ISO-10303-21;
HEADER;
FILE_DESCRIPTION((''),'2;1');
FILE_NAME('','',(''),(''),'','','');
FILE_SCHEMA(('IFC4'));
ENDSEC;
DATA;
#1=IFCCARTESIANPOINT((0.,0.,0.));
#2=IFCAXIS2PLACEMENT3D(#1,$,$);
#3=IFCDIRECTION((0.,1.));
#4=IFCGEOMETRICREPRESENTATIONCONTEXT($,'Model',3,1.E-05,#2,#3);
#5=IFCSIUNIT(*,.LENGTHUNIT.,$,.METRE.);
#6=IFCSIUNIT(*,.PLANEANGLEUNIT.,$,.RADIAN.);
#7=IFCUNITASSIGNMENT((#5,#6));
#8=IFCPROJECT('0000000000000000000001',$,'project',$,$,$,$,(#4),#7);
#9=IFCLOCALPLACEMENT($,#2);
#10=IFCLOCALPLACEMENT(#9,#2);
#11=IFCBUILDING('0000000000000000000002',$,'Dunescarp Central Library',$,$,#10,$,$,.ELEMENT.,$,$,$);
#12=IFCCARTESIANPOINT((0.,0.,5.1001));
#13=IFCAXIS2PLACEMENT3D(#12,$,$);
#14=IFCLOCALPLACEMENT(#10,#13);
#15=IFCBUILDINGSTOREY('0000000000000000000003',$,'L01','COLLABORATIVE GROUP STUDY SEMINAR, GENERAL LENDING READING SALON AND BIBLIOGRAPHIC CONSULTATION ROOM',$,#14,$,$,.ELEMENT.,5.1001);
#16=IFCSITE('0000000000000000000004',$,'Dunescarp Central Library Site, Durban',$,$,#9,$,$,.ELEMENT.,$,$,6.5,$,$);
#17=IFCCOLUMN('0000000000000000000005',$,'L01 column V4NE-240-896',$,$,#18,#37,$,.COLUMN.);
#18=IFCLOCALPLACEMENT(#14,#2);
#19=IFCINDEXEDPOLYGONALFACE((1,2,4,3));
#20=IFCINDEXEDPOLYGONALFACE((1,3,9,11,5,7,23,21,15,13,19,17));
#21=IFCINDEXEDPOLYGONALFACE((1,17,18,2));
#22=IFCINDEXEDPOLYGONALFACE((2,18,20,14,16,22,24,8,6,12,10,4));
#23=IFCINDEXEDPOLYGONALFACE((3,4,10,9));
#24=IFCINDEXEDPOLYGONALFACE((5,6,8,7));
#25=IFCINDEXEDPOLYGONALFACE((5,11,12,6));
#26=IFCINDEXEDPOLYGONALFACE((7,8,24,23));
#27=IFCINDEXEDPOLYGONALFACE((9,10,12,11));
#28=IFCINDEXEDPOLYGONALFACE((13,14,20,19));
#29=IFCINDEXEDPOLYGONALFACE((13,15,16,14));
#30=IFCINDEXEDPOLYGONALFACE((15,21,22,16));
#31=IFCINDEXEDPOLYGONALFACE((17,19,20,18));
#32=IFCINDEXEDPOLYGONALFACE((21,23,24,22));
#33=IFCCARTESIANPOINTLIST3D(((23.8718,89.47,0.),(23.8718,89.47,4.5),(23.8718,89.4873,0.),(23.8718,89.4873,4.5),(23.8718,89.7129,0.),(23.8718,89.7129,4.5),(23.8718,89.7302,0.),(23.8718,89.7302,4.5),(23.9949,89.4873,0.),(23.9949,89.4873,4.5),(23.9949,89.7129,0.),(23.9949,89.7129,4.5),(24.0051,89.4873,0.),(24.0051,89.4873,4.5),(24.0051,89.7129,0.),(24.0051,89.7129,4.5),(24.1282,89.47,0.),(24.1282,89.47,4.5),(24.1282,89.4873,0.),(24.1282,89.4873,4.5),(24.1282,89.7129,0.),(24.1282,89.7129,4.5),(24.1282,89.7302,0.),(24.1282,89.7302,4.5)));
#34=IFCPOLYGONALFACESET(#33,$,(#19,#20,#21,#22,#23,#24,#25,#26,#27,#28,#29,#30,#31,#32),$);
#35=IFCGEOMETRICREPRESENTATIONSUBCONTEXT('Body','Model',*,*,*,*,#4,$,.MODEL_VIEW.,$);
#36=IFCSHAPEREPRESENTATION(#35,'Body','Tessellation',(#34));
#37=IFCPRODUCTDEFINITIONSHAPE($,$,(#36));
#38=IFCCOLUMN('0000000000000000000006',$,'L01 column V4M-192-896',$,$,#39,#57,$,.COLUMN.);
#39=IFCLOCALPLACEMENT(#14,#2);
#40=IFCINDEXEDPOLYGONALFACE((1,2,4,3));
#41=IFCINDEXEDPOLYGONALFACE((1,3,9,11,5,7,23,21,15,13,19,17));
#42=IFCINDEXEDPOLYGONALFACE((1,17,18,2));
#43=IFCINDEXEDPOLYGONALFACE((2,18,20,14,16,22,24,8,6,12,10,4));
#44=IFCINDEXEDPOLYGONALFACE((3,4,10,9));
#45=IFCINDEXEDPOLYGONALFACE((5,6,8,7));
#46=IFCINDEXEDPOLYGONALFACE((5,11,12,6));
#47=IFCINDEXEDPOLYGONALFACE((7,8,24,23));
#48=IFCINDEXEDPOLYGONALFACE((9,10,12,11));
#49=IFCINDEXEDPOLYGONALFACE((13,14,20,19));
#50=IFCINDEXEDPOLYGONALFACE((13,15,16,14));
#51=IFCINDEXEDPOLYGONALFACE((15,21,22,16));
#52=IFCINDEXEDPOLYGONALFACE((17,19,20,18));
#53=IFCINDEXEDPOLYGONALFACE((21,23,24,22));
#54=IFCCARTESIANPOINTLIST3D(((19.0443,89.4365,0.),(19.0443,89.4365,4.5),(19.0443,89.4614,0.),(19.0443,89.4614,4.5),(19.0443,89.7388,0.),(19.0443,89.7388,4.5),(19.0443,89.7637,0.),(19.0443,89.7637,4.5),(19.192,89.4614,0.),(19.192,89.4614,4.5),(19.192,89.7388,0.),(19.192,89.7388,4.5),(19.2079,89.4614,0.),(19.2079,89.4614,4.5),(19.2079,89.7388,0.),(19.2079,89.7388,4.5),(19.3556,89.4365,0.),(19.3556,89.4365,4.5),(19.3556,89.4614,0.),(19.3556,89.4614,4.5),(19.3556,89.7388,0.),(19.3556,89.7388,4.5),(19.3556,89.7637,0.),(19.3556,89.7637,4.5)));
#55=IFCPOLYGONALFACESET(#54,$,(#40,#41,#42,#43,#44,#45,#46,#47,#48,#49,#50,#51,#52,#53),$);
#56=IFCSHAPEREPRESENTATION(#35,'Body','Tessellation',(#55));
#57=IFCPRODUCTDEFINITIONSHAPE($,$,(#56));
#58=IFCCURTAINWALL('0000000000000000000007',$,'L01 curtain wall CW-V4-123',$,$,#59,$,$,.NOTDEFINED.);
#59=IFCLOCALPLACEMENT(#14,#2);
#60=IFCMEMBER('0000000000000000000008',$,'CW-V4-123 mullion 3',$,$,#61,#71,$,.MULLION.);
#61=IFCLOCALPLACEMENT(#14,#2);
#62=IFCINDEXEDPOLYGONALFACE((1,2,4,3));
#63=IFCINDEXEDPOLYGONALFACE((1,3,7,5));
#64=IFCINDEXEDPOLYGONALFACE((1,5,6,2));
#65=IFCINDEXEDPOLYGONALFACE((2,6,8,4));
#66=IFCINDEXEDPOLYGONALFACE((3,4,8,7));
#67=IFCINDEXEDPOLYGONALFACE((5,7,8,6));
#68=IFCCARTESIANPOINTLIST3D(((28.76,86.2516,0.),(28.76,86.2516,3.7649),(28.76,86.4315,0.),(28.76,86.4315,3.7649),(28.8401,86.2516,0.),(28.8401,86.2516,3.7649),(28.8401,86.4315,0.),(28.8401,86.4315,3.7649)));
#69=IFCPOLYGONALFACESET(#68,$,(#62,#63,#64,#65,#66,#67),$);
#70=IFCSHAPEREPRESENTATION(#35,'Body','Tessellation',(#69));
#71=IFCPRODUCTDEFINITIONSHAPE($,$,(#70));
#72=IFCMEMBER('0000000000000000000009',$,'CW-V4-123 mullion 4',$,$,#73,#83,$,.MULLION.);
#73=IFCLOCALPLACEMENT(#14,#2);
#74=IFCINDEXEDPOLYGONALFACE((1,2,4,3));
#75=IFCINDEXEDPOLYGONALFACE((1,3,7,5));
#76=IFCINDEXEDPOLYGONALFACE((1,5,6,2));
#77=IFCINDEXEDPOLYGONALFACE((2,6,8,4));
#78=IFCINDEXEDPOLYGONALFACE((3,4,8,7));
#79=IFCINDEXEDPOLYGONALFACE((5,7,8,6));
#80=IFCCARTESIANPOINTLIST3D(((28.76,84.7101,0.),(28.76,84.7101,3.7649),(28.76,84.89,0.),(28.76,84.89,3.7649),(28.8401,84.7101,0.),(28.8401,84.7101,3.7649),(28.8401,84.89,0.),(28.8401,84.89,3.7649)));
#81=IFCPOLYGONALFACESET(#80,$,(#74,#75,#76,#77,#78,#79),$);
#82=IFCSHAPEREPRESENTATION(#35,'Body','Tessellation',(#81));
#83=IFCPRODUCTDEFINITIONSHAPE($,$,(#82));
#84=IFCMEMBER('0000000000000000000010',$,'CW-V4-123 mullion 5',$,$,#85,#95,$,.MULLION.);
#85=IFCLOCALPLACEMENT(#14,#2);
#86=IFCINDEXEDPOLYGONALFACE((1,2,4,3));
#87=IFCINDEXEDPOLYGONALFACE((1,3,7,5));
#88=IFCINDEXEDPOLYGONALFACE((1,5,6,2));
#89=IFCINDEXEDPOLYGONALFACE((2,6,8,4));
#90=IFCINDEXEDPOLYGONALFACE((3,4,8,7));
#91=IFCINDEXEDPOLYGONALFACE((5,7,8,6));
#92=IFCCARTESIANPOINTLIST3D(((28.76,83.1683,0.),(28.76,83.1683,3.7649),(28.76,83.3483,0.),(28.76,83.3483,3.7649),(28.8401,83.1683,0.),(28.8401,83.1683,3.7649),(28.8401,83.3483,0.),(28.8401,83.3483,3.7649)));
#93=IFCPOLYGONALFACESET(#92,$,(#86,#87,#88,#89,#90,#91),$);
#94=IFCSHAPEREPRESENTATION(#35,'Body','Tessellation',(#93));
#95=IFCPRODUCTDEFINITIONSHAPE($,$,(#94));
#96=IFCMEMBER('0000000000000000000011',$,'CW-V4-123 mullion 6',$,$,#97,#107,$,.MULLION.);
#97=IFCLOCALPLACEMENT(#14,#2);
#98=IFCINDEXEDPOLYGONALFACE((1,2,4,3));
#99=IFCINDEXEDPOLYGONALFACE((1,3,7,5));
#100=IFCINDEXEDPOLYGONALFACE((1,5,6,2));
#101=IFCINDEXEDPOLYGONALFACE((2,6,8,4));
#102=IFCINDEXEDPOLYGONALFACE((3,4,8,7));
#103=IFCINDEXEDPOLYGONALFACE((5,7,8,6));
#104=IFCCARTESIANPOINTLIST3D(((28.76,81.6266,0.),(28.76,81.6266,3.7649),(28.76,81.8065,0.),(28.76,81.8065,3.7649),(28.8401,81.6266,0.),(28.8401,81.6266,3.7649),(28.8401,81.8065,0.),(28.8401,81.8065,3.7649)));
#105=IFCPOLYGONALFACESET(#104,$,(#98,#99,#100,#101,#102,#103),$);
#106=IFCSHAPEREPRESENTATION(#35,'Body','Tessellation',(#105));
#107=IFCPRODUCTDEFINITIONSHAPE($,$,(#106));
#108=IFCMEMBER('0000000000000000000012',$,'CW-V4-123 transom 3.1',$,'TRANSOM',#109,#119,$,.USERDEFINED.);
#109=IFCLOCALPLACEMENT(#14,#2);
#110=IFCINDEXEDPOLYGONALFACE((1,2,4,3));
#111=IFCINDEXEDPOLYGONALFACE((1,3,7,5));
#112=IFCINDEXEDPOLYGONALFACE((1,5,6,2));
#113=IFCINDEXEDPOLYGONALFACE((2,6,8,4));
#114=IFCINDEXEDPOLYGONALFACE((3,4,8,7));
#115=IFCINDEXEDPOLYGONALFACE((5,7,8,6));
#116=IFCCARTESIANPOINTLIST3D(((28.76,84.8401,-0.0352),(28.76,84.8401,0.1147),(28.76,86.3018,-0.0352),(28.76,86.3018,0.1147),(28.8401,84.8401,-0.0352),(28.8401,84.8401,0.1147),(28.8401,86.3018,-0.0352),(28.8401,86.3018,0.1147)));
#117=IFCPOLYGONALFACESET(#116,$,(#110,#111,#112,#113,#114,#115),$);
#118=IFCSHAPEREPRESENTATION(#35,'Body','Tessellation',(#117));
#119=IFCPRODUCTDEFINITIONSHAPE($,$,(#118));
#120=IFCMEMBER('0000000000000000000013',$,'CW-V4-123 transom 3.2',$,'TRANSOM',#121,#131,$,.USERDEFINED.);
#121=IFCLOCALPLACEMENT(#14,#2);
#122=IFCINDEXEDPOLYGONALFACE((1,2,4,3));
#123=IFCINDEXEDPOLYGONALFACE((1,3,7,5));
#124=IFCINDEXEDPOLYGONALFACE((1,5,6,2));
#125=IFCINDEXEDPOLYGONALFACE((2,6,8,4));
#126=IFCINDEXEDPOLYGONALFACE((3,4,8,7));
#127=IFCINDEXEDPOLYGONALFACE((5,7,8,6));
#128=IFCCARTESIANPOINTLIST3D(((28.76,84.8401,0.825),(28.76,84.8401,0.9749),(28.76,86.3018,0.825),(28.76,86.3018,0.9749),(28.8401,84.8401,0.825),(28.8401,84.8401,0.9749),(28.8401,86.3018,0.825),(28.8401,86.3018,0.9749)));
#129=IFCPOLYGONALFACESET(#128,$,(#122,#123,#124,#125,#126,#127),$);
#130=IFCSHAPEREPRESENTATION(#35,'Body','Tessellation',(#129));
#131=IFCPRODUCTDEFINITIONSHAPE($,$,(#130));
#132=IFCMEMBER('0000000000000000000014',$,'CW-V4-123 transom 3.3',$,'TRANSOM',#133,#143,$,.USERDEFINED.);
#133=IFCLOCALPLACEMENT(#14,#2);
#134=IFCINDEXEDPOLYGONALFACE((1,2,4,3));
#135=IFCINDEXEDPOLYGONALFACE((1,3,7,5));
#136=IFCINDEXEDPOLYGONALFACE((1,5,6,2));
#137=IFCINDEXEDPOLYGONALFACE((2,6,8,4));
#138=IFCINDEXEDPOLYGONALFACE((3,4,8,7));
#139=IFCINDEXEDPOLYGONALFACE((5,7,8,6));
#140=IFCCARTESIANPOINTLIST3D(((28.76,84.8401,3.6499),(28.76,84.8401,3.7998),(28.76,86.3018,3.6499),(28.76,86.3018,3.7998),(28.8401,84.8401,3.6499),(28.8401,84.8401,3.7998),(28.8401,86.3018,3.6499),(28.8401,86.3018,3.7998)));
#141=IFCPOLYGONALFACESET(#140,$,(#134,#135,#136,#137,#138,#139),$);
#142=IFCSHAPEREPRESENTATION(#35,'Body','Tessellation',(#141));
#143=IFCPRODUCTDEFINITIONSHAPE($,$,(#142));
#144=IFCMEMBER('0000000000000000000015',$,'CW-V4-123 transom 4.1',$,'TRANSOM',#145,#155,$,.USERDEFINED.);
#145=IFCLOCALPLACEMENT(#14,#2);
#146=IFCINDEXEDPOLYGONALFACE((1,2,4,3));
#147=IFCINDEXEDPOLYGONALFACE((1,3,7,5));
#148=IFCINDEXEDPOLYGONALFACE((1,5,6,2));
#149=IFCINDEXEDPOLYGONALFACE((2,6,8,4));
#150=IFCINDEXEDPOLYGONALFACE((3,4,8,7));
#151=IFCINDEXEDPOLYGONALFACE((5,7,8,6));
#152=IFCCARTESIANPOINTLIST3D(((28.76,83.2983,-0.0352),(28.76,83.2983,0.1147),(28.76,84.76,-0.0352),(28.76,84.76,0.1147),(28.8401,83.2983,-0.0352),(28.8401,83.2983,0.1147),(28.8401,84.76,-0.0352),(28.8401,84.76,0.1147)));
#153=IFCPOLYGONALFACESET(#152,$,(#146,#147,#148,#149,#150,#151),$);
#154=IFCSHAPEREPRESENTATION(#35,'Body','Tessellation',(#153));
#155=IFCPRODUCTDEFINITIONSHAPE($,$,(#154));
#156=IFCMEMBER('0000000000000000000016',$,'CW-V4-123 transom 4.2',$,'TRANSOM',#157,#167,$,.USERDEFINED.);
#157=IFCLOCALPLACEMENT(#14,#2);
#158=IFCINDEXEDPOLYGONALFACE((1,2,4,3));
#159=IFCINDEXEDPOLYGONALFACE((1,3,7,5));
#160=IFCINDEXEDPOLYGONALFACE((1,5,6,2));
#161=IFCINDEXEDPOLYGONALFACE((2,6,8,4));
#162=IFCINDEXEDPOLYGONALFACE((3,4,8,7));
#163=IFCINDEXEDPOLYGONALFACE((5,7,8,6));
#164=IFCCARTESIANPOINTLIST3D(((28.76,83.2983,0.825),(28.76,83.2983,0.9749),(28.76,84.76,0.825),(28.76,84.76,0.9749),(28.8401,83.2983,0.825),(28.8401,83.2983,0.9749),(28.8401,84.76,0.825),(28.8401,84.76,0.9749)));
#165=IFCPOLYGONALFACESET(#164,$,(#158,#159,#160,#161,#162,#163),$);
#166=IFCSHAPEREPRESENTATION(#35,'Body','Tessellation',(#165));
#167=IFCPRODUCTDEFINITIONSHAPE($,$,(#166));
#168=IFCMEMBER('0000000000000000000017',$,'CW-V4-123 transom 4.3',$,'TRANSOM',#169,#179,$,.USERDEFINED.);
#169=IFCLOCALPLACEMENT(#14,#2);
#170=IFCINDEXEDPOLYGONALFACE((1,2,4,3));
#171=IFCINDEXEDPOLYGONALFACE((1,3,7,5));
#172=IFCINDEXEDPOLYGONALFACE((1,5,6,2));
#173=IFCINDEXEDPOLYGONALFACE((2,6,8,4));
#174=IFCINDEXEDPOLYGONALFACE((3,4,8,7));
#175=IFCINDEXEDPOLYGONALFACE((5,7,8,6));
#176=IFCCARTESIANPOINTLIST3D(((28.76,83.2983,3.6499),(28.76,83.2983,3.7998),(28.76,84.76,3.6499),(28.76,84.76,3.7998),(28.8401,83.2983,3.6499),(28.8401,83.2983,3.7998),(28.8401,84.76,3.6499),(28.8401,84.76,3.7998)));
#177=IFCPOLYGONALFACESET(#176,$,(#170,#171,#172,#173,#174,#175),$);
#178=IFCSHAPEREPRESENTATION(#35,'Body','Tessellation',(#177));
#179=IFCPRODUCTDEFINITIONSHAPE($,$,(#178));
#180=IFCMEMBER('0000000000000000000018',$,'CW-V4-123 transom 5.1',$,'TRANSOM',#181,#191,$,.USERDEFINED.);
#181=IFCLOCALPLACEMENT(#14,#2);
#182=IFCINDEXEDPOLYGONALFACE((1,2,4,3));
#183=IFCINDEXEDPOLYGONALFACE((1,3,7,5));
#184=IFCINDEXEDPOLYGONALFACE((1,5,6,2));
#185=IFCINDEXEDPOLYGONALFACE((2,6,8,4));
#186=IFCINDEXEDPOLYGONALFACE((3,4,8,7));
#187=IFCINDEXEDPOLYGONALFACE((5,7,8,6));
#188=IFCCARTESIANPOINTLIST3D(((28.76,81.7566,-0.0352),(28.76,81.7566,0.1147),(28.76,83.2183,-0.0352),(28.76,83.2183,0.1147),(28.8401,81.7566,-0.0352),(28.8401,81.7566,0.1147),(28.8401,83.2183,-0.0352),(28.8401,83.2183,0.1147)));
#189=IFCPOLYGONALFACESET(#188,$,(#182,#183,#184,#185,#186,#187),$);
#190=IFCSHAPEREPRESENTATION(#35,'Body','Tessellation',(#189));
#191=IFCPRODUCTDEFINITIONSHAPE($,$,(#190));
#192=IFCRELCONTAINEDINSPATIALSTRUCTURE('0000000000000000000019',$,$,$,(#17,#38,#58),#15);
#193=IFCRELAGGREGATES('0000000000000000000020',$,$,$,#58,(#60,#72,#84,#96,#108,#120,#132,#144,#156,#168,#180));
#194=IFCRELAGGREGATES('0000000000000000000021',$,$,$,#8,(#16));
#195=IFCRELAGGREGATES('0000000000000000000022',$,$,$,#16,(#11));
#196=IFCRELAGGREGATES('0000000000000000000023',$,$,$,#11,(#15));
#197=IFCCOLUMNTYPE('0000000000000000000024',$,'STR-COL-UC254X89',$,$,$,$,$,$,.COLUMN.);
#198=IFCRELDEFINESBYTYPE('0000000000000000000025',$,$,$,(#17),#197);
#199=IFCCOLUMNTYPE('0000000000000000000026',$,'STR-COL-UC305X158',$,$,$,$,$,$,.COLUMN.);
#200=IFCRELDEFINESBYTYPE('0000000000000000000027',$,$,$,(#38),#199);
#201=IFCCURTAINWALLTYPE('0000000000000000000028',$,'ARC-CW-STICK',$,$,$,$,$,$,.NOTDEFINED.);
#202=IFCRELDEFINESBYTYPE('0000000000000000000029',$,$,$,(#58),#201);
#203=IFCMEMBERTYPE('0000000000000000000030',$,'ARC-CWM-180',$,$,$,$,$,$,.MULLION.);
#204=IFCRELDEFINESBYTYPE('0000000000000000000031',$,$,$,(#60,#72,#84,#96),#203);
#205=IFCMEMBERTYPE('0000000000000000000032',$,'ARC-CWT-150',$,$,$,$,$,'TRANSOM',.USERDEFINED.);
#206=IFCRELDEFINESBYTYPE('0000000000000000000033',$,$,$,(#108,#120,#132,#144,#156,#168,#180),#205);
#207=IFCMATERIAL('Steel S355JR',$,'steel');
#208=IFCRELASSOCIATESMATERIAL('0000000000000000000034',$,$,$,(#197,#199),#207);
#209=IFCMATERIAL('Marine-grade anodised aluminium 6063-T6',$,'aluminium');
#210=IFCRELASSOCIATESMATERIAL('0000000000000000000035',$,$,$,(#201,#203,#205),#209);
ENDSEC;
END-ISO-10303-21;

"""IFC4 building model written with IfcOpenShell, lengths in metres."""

from ifc_helpers import new_model, si_unit, direction, frame, origin, origin_2d, place, context, subcontext, project, spatial, rectangle, i_section, extrude, material, material_profile, profile_set, type_object, element, aggregate, save


model = new_model("IFC4")

# Units and contexts
model_context = context("Model", 3, precision=1e-05, world=origin(), true_north=direction((0.0, 1.0)))
body_context = subcontext(model_context, "Body", "Model", "MODEL_VIEW")
ifc_project = project(units=[si_unit("LENGTHUNIT", "METRE"), si_unit("PLANEANGLEUNIT", "RADIAN")], contexts=[model_context])

# Site, building, storey
site_placement = place(None, origin())
site = spatial("IfcSite", under=ifc_project, at=site_placement, Name="Dunescarp Central Library Site, Durban", CompositionType="ELEMENT", RefElevation=6.5)
building_placement = place(site_placement, origin())
building = spatial("IfcBuilding", under=site, at=building_placement, Name="Dunescarp Central Library", CompositionType="ELEMENT")
storey_placement = place(building_placement, frame((0.0, 0.0, 5.1001)))
storey = spatial("IfcBuildingStorey", under=building, at=storey_placement, Name="L01", Description="COLLABORATIVE GROUP STUDY SEMINAR, GENERAL LENDING READING SALON AND BIBLIOGRAPHIC CONSULTATION ROOM", CompositionType="ELEMENT", Elevation=5.1001)

# Columns
ifc_material_1 = material(Name="Steel S355JR", Category="steel")
ifc_material_profile_1 = material_profile(ifc_material_1, i_section(OverallWidth=0.2563, OverallDepth=0.2603, WebThickness=0.0103, FlangeThickness=0.0173, at=origin_2d()), Name="UC 254x254x89")
ifc_profile_set_1 = profile_set([ifc_material_profile_1], Name="Steel S355JR")
column_type_1 = type_object("IfcColumnType", Name="STR-COL-UC254X89", PredefinedType="COLUMN", material=ifc_profile_set_1)
column_1_placement = place(storey_placement, frame((24.0, 89.6001, 0.0), z_axis=(0.0, 0.0, 1.0), x_axis=(1.0, 0.0, 0.0)))
element("IfcColumn", 1, at=column_1_placement, inside=storey, type_object=column_type_1, Name="L01 column V4NE-240-896", PredefinedType="COLUMN", context=body_context, shape_type="SweptSolid", body=[
    extrude(i_section(OverallWidth=0.2563, OverallDepth=0.2603, WebThickness=0.0103, FlangeThickness=0.0173, at=origin_2d()), origin(), (0.0, 0.0, 1.0), 4.5),
])
ifc_material_profile_2 = material_profile(ifc_material_1, i_section(OverallWidth=0.3113, OverallDepth=0.3271, WebThickness=0.0159, FlangeThickness=0.0249, at=origin_2d()), Name="UC 305x305x158")
ifc_profile_set_2 = profile_set([ifc_material_profile_2], Name="Steel S355JR")
column_type_2 = type_object("IfcColumnType", Name="STR-COL-UC305X158", PredefinedType="COLUMN", material=ifc_profile_set_2)
column_2_placement = place(storey_placement, frame((19.2, 89.6001, 0.0), z_axis=(0.0, 0.0, 1.0), x_axis=(1.0, 0.0, 0.0)))
element("IfcColumn", 2, at=column_2_placement, inside=storey, type_object=column_type_2, Name="L01 column V4M-192-896", PredefinedType="COLUMN", context=body_context, shape_type="SweptSolid", body=[
    extrude(i_section(OverallWidth=0.3113, OverallDepth=0.3271, WebThickness=0.0159, FlangeThickness=0.0249, at=origin_2d()), origin(), (0.0, 0.0, 1.0), 4.5),
])

# Curtain wall, members
ifc_material_2 = material(Name="Marine-grade anodised aluminium 6063-T6", Category="aluminium")
curtain_wall_type = type_object("IfcCurtainWallType", Name="ARC-CW-STICK", PredefinedType="NOTDEFINED", material=ifc_material_2)
curtain_wall_placement = place(storey_placement, origin())
curtain_wall = element("IfcCurtainWall", 3, at=curtain_wall_placement, inside=storey, type_object=curtain_wall_type, Name="L01 curtain wall CW-V4-123", PredefinedType="NOTDEFINED")
ifc_material_profile_3 = material_profile(ifc_material_2, rectangle(XDim=0.0801, YDim=0.1799, at=origin_2d()), Name="AL 80x180")
ifc_profile_set_3 = profile_set([ifc_material_profile_3], Name="Marine-grade anodised aluminium 6063-T6")
member_type_1 = type_object("IfcMemberType", Name="ARC-CWM-180", PredefinedType="MULLION", material=ifc_profile_set_3)
member_1_placement = place(storey_placement, frame((28.8, 86.3416, 0.0), z_axis=(0.0, 0.0, 1.0), x_axis=(1.0, 0.0, 0.0)))
member_1 = element("IfcMember", 4, at=member_1_placement, type_object=member_type_1, Name="CW-V4-123 mullion 3", PredefinedType="MULLION", context=body_context, shape_type="SweptSolid", body=[
    extrude(rectangle(XDim=0.0801, YDim=0.1799, at=origin_2d()), origin(), (0.0, 0.0, 1.0), 3.7649),
])
member_2_placement = place(storey_placement, frame((28.8, 84.8, 0.0), z_axis=(0.0, 0.0, 1.0), x_axis=(1.0, 0.0, 0.0)))
member_2 = element("IfcMember", 5, at=member_2_placement, type_object=member_type_1, Name="CW-V4-123 mullion 4", PredefinedType="MULLION", context=body_context, shape_type="SweptSolid", body=[
    extrude(rectangle(XDim=0.0801, YDim=0.1799, at=origin_2d()), origin(), (0.0, 0.0, 1.0), 3.7649),
])
member_3_placement = place(storey_placement, frame((28.8, 83.2583, 0.0), z_axis=(0.0, 0.0, 1.0), x_axis=(1.0, 0.0, 0.0)))
member_3 = element("IfcMember", 6, at=member_3_placement, type_object=member_type_1, Name="CW-V4-123 mullion 5", PredefinedType="MULLION", context=body_context, shape_type="SweptSolid", body=[
    extrude(rectangle(XDim=0.0801, YDim=0.1799, at=origin_2d()), origin(), (0.0, 0.0, 1.0), 3.7649),
])
member_4_placement = place(storey_placement, frame((28.8, 81.7166, 0.0), z_axis=(0.0, 0.0, 1.0), x_axis=(1.0, 0.0, 0.0)))
member_4 = element("IfcMember", 7, at=member_4_placement, type_object=member_type_1, Name="CW-V4-123 mullion 6", PredefinedType="MULLION", context=body_context, shape_type="SweptSolid", body=[
    extrude(rectangle(XDim=0.0801, YDim=0.1799, at=origin_2d()), origin(), (0.0, 0.0, 1.0), 3.7649),
])
ifc_material_profile_4 = material_profile(ifc_material_2, rectangle(XDim=0.0801, YDim=0.1499, at=origin_2d()), Name="AL 80x150")
ifc_profile_set_4 = profile_set([ifc_material_profile_4], Name="Marine-grade anodised aluminium 6063-T6")
member_type_2 = type_object("IfcMemberType", Name="ARC-CWT-150", ElementType="TRANSOM", PredefinedType="USERDEFINED", material=ifc_profile_set_4)
member_5_placement = place(storey_placement, frame((28.8, 86.3018, 0.0398), z_axis=(0.0, -1.0, 0.0), x_axis=(1.0, 0.0, 0.0)))
member_5 = element("IfcMember", 8, at=member_5_placement, type_object=member_type_2, Name="CW-V4-123 transom 3.1", ObjectType="TRANSOM", PredefinedType="USERDEFINED", context=body_context, shape_type="SweptSolid", body=[
    extrude(rectangle(XDim=0.0801, YDim=0.1499, at=origin_2d()), origin(), (0.0, 0.0, 1.0), 1.4617),
])
member_6_placement = place(storey_placement, frame((28.8, 86.3018, 0.8999), z_axis=(0.0, -1.0, 0.0), x_axis=(1.0, 0.0, 0.0)))
member_6 = element("IfcMember", 9, at=member_6_placement, type_object=member_type_2, Name="CW-V4-123 transom 3.2", ObjectType="TRANSOM", PredefinedType="USERDEFINED", context=body_context, shape_type="SweptSolid", body=[
    extrude(rectangle(XDim=0.0801, YDim=0.1499, at=origin_2d()), origin(), (0.0, 0.0, 1.0), 1.4617),
])
member_7_placement = place(storey_placement, frame((28.8, 86.3018, 3.7249), z_axis=(0.0, -1.0, 0.0), x_axis=(1.0, 0.0, 0.0)))
member_7 = element("IfcMember", 10, at=member_7_placement, type_object=member_type_2, Name="CW-V4-123 transom 3.3", ObjectType="TRANSOM", PredefinedType="USERDEFINED", context=body_context, shape_type="SweptSolid", body=[
    extrude(rectangle(XDim=0.0801, YDim=0.1499, at=origin_2d()), origin(), (0.0, 0.0, 1.0), 1.4617),
])
member_8_placement = place(storey_placement, frame((28.8, 84.76, 0.0398), z_axis=(0.0, -1.0, 0.0), x_axis=(1.0, 0.0, 0.0)))
member_8 = element("IfcMember", 11, at=member_8_placement, type_object=member_type_2, Name="CW-V4-123 transom 4.1", ObjectType="TRANSOM", PredefinedType="USERDEFINED", context=body_context, shape_type="SweptSolid", body=[
    extrude(rectangle(XDim=0.0801, YDim=0.1499, at=origin_2d()), origin(), (0.0, 0.0, 1.0), 1.4617),
])
member_9_placement = place(storey_placement, frame((28.8, 84.76, 0.8999), z_axis=(0.0, -1.0, 0.0), x_axis=(1.0, 0.0, 0.0)))
member_9 = element("IfcMember", 12, at=member_9_placement, type_object=member_type_2, Name="CW-V4-123 transom 4.2", ObjectType="TRANSOM", PredefinedType="USERDEFINED", context=body_context, shape_type="SweptSolid", body=[
    extrude(rectangle(XDim=0.0801, YDim=0.1499, at=origin_2d()), origin(), (0.0, 0.0, 1.0), 1.4617),
])
member_10_placement = place(storey_placement, frame((28.8, 84.76, 3.7249), z_axis=(0.0, -1.0, 0.0), x_axis=(1.0, 0.0, 0.0)))
member_10 = element("IfcMember", 13, at=member_10_placement, type_object=member_type_2, Name="CW-V4-123 transom 4.3", ObjectType="TRANSOM", PredefinedType="USERDEFINED", context=body_context, shape_type="SweptSolid", body=[
    extrude(rectangle(XDim=0.0801, YDim=0.1499, at=origin_2d()), origin(), (0.0, 0.0, 1.0), 1.4617),
])
member_11_placement = place(storey_placement, frame((28.8, 83.2183, 0.0398), z_axis=(0.0, -1.0, 0.0), x_axis=(1.0, 0.0, 0.0)))
member_11 = element("IfcMember", 14, at=member_11_placement, type_object=member_type_2, Name="CW-V4-123 transom 5.1", ObjectType="TRANSOM", PredefinedType="USERDEFINED", context=body_context, shape_type="SweptSolid", body=[
    extrude(rectangle(XDim=0.0801, YDim=0.1499, at=origin_2d()), origin(), (0.0, 0.0, 1.0), 1.4617),
])

aggregate(curtain_wall, [member_1, member_2, member_3, member_4, member_5, member_6, member_7, member_8, member_9, member_10, member_11])

save(model, "model.ifc")
